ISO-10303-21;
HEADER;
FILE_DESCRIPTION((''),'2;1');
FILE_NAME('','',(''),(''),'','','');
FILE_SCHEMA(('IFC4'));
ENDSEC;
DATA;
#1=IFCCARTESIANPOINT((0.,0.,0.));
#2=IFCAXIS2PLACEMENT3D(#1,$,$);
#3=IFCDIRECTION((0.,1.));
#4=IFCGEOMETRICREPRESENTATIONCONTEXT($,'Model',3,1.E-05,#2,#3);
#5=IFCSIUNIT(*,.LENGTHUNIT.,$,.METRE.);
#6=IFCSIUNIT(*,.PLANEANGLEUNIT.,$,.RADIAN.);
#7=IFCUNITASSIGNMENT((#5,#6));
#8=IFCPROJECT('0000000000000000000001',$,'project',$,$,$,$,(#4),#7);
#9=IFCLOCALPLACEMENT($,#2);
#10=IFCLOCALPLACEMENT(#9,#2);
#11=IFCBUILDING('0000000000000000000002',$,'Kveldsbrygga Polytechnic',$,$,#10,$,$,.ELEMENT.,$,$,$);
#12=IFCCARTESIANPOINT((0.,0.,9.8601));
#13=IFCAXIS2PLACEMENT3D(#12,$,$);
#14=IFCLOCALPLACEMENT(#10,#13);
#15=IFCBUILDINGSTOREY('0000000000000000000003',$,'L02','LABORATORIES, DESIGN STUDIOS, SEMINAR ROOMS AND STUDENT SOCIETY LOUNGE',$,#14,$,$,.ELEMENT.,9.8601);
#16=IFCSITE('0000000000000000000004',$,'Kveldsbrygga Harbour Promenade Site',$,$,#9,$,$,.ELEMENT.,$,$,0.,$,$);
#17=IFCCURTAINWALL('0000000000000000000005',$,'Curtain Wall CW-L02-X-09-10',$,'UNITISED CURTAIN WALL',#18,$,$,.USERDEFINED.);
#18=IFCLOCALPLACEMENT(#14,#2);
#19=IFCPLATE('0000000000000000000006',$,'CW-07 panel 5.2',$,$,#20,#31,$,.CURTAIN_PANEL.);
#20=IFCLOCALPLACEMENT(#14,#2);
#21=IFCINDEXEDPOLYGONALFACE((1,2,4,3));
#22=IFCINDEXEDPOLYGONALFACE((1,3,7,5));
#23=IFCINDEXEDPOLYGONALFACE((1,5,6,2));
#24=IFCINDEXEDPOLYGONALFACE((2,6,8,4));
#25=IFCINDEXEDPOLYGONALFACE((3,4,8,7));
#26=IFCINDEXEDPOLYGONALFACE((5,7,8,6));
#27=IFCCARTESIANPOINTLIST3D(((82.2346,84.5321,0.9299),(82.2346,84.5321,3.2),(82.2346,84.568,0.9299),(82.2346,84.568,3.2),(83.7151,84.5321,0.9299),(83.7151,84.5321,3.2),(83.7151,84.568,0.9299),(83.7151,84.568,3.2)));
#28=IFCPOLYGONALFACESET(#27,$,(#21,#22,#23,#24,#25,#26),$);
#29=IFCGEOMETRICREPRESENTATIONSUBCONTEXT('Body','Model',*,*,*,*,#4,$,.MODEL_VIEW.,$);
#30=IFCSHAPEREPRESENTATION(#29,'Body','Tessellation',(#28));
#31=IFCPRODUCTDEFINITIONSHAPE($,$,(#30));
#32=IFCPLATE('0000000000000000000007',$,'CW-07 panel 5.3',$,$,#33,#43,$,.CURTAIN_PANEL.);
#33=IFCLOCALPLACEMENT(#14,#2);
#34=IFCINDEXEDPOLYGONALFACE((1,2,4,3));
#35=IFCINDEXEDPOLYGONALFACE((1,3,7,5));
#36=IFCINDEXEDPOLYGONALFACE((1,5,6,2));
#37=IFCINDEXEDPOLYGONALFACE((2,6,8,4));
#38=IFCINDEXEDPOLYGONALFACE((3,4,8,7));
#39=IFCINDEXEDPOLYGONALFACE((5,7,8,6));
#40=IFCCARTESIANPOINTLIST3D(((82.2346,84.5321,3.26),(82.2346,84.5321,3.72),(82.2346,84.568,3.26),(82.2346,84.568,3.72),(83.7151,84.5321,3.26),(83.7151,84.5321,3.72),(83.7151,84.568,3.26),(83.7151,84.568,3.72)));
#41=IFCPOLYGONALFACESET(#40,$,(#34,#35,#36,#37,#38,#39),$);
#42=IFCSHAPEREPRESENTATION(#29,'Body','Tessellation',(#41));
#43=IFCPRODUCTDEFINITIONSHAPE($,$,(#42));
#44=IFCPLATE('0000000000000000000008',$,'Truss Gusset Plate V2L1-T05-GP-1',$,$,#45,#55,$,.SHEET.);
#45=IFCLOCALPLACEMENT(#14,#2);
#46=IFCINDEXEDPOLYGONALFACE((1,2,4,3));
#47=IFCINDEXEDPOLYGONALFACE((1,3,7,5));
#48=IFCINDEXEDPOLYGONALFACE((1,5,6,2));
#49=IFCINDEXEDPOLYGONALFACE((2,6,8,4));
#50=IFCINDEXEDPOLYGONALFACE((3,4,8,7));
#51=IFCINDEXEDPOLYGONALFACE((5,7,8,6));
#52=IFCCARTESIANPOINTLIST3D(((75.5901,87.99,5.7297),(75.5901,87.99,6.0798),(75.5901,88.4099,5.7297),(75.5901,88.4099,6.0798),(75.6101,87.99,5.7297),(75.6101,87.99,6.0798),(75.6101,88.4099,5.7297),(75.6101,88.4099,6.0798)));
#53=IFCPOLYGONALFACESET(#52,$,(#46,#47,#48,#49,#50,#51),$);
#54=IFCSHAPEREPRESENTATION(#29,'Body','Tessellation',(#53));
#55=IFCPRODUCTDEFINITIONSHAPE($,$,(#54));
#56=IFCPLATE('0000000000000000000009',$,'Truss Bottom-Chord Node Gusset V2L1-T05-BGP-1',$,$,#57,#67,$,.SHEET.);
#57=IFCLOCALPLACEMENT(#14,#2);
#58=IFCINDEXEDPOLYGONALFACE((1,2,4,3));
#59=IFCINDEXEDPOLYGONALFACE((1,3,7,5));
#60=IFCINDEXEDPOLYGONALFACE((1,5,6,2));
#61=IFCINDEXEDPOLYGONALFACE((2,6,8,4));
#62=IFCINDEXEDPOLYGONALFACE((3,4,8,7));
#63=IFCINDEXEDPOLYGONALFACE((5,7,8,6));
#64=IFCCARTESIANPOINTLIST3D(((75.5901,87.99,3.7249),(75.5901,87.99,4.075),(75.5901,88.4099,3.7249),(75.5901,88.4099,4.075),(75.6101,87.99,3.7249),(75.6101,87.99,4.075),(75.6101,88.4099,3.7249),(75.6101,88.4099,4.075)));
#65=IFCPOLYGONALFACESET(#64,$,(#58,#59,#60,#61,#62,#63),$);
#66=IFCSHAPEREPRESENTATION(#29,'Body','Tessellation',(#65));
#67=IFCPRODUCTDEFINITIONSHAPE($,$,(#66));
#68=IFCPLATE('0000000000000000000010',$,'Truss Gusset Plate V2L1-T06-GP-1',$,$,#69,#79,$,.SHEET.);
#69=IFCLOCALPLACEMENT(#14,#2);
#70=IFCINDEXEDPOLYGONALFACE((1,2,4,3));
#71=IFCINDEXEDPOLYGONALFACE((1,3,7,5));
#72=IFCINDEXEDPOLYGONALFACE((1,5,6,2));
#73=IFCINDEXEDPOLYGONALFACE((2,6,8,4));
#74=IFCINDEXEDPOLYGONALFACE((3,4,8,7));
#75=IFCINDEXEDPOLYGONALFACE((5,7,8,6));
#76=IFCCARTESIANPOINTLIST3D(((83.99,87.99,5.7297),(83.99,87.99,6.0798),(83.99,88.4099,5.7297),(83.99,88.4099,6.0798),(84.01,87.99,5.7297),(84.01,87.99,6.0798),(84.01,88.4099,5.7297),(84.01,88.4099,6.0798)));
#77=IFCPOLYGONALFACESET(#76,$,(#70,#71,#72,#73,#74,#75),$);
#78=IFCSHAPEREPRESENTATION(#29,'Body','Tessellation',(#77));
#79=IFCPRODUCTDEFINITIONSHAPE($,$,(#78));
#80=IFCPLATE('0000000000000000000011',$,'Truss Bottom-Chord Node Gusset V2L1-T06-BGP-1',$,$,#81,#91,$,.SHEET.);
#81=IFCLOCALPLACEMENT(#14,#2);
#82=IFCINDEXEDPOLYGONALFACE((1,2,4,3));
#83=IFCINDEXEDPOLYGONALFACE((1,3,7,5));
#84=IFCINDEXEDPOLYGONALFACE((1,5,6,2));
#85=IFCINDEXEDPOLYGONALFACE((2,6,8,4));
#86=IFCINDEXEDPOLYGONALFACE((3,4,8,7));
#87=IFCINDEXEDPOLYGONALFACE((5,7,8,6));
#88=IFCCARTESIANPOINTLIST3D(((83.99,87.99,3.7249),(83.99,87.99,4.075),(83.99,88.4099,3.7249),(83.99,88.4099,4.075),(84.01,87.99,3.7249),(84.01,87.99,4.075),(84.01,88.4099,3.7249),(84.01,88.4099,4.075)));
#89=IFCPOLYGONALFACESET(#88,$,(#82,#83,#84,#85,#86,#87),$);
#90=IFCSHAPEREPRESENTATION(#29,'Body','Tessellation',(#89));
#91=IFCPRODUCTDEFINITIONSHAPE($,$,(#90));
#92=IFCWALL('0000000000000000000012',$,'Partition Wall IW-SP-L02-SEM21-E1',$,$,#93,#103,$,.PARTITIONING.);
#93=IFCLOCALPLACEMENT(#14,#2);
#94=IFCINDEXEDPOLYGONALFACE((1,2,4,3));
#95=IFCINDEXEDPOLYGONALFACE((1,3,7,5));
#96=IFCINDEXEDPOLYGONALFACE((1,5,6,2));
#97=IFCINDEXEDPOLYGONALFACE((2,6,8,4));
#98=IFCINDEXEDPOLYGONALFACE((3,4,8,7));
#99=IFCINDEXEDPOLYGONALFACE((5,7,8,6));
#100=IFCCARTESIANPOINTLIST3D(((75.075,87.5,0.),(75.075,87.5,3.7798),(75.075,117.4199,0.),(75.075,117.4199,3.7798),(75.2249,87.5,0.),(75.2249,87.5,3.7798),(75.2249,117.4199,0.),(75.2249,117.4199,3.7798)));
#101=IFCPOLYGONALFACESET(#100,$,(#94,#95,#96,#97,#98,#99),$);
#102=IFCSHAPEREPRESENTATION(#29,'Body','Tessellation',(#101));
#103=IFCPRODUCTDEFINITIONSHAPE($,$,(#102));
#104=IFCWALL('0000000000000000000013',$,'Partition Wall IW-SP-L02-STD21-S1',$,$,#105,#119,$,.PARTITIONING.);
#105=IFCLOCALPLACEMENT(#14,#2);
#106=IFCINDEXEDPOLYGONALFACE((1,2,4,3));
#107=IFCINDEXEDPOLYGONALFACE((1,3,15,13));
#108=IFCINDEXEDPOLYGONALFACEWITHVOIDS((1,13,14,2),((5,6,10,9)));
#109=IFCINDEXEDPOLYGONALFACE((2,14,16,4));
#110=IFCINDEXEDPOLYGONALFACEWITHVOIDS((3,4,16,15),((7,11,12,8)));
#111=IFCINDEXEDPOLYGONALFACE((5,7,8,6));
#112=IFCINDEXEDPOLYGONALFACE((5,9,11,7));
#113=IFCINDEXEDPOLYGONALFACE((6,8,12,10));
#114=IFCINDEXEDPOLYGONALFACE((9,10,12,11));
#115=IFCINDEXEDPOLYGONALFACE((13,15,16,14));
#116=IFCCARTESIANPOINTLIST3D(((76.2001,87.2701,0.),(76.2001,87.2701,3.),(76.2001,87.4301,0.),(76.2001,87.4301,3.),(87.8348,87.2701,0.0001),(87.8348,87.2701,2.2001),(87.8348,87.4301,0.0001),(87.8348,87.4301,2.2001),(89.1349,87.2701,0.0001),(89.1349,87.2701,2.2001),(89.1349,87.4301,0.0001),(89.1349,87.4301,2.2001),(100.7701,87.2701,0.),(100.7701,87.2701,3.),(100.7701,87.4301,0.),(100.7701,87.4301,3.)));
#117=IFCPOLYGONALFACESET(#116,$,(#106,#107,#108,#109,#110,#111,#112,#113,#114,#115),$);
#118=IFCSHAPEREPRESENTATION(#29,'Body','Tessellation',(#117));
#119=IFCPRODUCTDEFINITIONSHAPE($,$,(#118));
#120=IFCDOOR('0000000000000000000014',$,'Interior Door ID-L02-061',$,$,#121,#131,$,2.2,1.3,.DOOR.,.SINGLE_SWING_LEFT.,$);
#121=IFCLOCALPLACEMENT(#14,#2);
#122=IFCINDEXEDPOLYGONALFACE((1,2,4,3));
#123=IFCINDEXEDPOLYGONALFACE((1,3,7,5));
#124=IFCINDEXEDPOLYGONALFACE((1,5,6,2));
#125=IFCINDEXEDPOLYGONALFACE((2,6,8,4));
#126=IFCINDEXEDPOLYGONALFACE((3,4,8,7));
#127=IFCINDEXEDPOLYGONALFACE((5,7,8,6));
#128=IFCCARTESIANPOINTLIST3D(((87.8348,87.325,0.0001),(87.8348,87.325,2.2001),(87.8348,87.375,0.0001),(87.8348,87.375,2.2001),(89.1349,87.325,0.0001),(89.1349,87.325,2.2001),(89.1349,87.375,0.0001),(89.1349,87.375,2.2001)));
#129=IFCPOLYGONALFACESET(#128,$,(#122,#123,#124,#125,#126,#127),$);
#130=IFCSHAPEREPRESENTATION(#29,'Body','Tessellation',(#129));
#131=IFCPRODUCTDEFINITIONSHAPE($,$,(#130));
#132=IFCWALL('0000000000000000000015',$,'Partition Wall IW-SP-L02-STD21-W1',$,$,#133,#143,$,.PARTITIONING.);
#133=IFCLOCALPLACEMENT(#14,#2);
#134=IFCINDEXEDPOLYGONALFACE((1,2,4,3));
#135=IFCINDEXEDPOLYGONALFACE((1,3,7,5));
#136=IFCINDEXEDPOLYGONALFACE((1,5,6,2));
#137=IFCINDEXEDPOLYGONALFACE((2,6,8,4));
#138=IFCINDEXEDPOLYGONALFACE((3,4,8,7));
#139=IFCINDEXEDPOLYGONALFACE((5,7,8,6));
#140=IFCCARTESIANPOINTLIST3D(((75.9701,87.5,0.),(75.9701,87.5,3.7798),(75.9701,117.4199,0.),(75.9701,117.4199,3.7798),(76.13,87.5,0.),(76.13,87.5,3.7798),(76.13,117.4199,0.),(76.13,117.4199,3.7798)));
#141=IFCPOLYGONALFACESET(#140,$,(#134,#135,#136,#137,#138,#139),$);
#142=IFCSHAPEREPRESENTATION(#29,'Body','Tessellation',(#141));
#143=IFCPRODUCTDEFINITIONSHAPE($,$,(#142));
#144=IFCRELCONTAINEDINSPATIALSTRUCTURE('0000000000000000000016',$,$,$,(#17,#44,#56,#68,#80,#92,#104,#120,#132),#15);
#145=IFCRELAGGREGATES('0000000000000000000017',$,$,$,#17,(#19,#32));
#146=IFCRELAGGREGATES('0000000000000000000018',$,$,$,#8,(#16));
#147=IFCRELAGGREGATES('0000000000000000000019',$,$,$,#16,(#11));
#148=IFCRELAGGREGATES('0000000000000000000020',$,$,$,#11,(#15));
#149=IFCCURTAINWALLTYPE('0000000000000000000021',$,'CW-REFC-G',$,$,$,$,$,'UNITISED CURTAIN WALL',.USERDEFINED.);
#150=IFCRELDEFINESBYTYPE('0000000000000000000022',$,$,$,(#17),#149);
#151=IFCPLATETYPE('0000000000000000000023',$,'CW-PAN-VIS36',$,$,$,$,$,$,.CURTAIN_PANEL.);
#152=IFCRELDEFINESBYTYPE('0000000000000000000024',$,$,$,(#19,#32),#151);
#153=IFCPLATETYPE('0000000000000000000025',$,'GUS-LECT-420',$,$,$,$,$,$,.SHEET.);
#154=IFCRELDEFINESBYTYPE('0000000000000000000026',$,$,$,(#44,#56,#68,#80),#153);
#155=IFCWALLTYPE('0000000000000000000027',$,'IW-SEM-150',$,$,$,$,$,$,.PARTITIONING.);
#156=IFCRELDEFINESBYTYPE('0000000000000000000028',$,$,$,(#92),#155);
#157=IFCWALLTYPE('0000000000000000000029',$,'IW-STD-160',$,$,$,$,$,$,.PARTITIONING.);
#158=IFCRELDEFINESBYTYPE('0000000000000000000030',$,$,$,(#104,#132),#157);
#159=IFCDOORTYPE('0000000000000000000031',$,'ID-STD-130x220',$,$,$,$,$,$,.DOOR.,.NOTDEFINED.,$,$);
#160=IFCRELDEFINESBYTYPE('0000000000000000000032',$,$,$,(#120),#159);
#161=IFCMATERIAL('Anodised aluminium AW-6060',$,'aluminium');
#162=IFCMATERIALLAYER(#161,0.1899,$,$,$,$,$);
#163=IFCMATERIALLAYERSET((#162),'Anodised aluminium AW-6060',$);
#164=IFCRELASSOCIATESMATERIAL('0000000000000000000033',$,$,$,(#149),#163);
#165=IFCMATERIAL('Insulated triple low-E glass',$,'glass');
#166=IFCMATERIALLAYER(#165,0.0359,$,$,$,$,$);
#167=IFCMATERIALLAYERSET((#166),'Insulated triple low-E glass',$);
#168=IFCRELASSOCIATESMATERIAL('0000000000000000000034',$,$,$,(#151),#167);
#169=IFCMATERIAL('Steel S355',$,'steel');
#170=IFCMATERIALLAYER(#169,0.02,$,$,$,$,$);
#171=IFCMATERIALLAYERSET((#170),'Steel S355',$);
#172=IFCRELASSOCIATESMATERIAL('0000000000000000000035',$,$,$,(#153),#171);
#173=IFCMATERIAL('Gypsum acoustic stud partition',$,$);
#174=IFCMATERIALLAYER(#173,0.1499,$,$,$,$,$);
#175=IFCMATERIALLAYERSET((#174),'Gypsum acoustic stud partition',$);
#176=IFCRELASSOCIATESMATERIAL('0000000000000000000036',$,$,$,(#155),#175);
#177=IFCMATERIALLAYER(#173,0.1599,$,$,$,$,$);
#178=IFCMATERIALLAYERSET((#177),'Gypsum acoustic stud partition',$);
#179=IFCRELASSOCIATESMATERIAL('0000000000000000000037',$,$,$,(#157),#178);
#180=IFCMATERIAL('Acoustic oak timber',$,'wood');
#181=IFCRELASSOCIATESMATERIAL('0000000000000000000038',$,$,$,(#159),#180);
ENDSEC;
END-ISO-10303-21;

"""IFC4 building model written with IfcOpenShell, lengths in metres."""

from ifc_helpers import new_model, si_unit, direction, frame, frame_2d, origin, origin_2d, place, context, subcontext, project, spatial, rectangle, extrude, material, layer, layer_set, type_object, element, fill, aggregate, save


model = new_model("IFC4")

# Units and contexts
model_context = context("Model", 3, precision=1e-05, world=origin(), true_north=direction((0.0, 1.0)))
body_context = subcontext(model_context, "Body", "Model", "MODEL_VIEW")
ifc_project = project(units=[si_unit("LENGTHUNIT", "METRE"), si_unit("PLANEANGLEUNIT", "RADIAN")], contexts=[model_context])

# Site, building, storey
site_placement = place(None, origin())
site = spatial("IfcSite", under=ifc_project, at=site_placement, Name="Kveldsbrygga Harbour Promenade Site", CompositionType="ELEMENT", RefElevation=0.0)
building_placement = place(site_placement, origin())
building = spatial("IfcBuilding", under=site, at=building_placement, Name="Kveldsbrygga Polytechnic", CompositionType="ELEMENT")
storey_placement = place(building_placement, frame((0.0, 0.0, 9.8601)))
storey = spatial("IfcBuildingStorey", under=building, at=storey_placement, Name="L02", Description="LABORATORIES, DESIGN STUDIOS, SEMINAR ROOMS AND STUDENT SOCIETY LOUNGE", CompositionType="ELEMENT", Elevation=9.8601)

# Curtain wall
ifc_material_1 = material(Name="Anodised aluminium AW-6060", Category="aluminium")
ifc_layer_1 = layer(ifc_material_1, 0.1899)
ifc_layer_set_1 = layer_set([ifc_layer_1], Name="Anodised aluminium AW-6060")
curtain_wall_type = type_object("IfcCurtainWallType", Name="CW-REFC-G", ElementType="UNITISED CURTAIN WALL", PredefinedType="USERDEFINED", material=ifc_layer_set_1)
curtain_wall_placement = place(storey_placement, origin())
curtain_wall = element("IfcCurtainWall", 1, at=curtain_wall_placement, inside=storey, type_object=curtain_wall_type, Name="Curtain Wall CW-L02-X-09-10", ObjectType="UNITISED CURTAIN WALL", PredefinedType="USERDEFINED")

# Shared definitions
ifc_material_2 = material(Name="Steel S355", Category="steel")

# Plates
ifc_material_3 = material(Name="Insulated triple low-E glass", Category="glass")
ifc_layer_2 = layer(ifc_material_3, 0.0359)
ifc_layer_set_2 = layer_set([ifc_layer_2], Name="Insulated triple low-E glass")
plate_type_1 = type_object("IfcPlateType", Name="CW-PAN-VIS36", PredefinedType="CURTAIN_PANEL", material=ifc_layer_set_2)
plate_1_placement = place(storey_placement, frame((82.9749, 84.55, 0.9299), z_axis=(0.0, 0.0, 1.0), x_axis=(1.0, 0.0, 0.0)))
plate_1 = element("IfcPlate", 2, at=plate_1_placement, type_object=plate_type_1, Name="CW-07 panel 5.2", PredefinedType="CURTAIN_PANEL", context=body_context, shape_type="SweptSolid", body=[
    extrude(rectangle(XDim=1.4805, YDim=0.0359, at=origin_2d()), origin(), (0.0, 0.0, 1.0), 2.27),
])
plate_2_placement = place(storey_placement, frame((82.9749, 84.55, 3.26), z_axis=(0.0, 0.0, 1.0), x_axis=(1.0, 0.0, 0.0)))
plate_2 = element("IfcPlate", 3, at=plate_2_placement, type_object=plate_type_1, Name="CW-07 panel 5.3", PredefinedType="CURTAIN_PANEL", context=body_context, shape_type="SweptSolid", body=[
    extrude(rectangle(XDim=1.4805, YDim=0.0359, at=origin_2d()), origin(), (0.0, 0.0, 1.0), 0.46),
])
aggregate(curtain_wall, [plate_1, plate_2])

# Plates
ifc_layer_3 = layer(ifc_material_2, 0.02)
ifc_layer_set_3 = layer_set([ifc_layer_3], Name="Steel S355")
plate_type_2 = type_object("IfcPlateType", Name="GUS-LECT-420", PredefinedType="SHEET", material=ifc_layer_set_3)
for number, where, z_axis, x_axis, name in (
    (4, (75.6001, 88.2, 5.7297), (0.0, 0.0, 1.0), (1.0, 0.0, 0.0), "Truss Gusset Plate V2L1-T05-GP-1"),
    (5, (75.6001, 88.2, 3.7249), (0.0, 0.0, 1.0), (1.0, 0.0, 0.0), "Truss Bottom-Chord Node Gusset V2L1-T05-BGP-1"),
    (6, (84.0, 88.2, 5.7297), (0.0, 0.0, 1.0), (1.0, 0.0, 0.0), "Truss Gusset Plate V2L1-T06-GP-1"),
    (7, (84.0, 88.2, 3.7249), (0.0, 0.0, 1.0), (1.0, 0.0, 0.0), "Truss Bottom-Chord Node Gusset V2L1-T06-BGP-1"),
):
    element("IfcPlate", number, at=place(storey_placement, frame(where, z_axis=z_axis, x_axis=x_axis)), inside=storey, type_object=plate_type_2, Name=name, PredefinedType="SHEET", context=body_context, shape_type="SweptSolid", body=[
        extrude(rectangle(XDim=0.02, YDim=0.4199, at=origin_2d()), origin(), (0.0, 0.0, 1.0), 0.3501),
    ])

# Wall
ifc_material_4 = material(Name="Gypsum acoustic stud partition")
ifc_layer_4 = layer(ifc_material_4, 0.1499)
ifc_layer_set_4 = layer_set([ifc_layer_4], Name="Gypsum acoustic stud partition")
wall_type_1 = type_object("IfcWallType", Name="IW-SEM-150", PredefinedType="PARTITIONING", material=ifc_layer_set_4)
wall_1_placement = place(storey_placement, frame((75.1499, 87.5, 0.0), z_axis=(0.0, 0.0, 1.0), x_axis=(0.0, 1.0, 0.0)))
element("IfcWall", 8, at=wall_1_placement, inside=storey, type_object=wall_type_1, Name="Partition Wall IW-SP-L02-SEM21-E1", PredefinedType="PARTITIONING", context=body_context, shape_type="SweptSolid", body=[
    extrude(rectangle(XDim=29.9199, YDim=0.1499, at=frame_2d((14.96, 0.0))), origin(), (0.0, 0.0, 1.0), 3.7798),
])

# Wall, opening, door
ifc_layer_5 = layer(ifc_material_4, 0.1599)
ifc_layer_set_5 = layer_set([ifc_layer_5], Name="Gypsum acoustic stud partition")
wall_type_2 = type_object("IfcWallType", Name="IW-STD-160", PredefinedType="PARTITIONING", material=ifc_layer_set_5)
wall_2_placement = place(storey_placement, frame((76.2, 87.3501, 0.0), z_axis=(0.0, 0.0, 1.0), x_axis=(1.0, 0.0, 0.0)))
wall_2 = element("IfcWall", 9, at=wall_2_placement, inside=storey, type_object=wall_type_2, Name="Partition Wall IW-SP-L02-STD21-S1", PredefinedType="PARTITIONING", context=body_context, shape_type="SweptSolid", body=[
    extrude(rectangle(XDim=24.5701, YDim=0.1599, at=frame_2d((12.2852, 0.0))), origin(), (0.0, 0.0, 1.0), 3.0),
])
opening_placement = place(wall_2_placement, frame((11.635, 0.0, 0.0)))
opening = element("IfcOpeningElement", 10, at=opening_placement, cuts=wall_2, PredefinedType="OPENING", context=body_context, shape_type="SweptSolid", body=[
    extrude(rectangle(XDim=1.3, YDim=2.2, at=frame_2d((0.6499, 1.1001))), frame((0.0, 0.0898, 0.0), z_axis=(0.0, -1.0, 0.0), x_axis=(1.0, 0.0, 0.0)), (0.0, 0.0, 1.0), 0.1799),
])
ifc_material_5 = material(Name="Acoustic oak timber", Category="wood")
door_type = type_object("IfcDoorType", Name="ID-STD-130x220", OperationType="NOTDEFINED", PredefinedType="DOOR", material=ifc_material_5)
door_placement = place(opening_placement, origin())
door = element("IfcDoor", 11, at=door_placement, inside=storey, type_object=door_type, Name="Interior Door ID-L02-061", OperationType="SINGLE_SWING_LEFT", OverallHeight=2.2, OverallWidth=1.3, PredefinedType="DOOR", context=body_context, shape_type="SweptSolid", body=[
    extrude(rectangle(XDim=1.3, YDim=2.2, at=frame_2d((0.6499, 1.1001))), frame((0.0, 0.0249, 0.0), z_axis=(0.0, -1.0, 0.0), x_axis=(1.0, 0.0, 0.0)), (0.0, 0.0, 1.0), 0.05),
])
fill(opening, door)

# Wall
wall_3_placement = place(storey_placement, frame((76.05, 87.5, 0.0), z_axis=(0.0, 0.0, 1.0), x_axis=(0.0, 1.0, 0.0)))
element("IfcWall", 12, at=wall_3_placement, inside=storey, type_object=wall_type_2, Name="Partition Wall IW-SP-L02-STD21-W1", PredefinedType="PARTITIONING", context=body_context, shape_type="SweptSolid", body=[
    extrude(rectangle(XDim=29.9199, YDim=0.1599, at=frame_2d((14.96, 0.0))), origin(), (0.0, 0.0, 1.0), 3.7798),
])

save(model, "model.ifc")
